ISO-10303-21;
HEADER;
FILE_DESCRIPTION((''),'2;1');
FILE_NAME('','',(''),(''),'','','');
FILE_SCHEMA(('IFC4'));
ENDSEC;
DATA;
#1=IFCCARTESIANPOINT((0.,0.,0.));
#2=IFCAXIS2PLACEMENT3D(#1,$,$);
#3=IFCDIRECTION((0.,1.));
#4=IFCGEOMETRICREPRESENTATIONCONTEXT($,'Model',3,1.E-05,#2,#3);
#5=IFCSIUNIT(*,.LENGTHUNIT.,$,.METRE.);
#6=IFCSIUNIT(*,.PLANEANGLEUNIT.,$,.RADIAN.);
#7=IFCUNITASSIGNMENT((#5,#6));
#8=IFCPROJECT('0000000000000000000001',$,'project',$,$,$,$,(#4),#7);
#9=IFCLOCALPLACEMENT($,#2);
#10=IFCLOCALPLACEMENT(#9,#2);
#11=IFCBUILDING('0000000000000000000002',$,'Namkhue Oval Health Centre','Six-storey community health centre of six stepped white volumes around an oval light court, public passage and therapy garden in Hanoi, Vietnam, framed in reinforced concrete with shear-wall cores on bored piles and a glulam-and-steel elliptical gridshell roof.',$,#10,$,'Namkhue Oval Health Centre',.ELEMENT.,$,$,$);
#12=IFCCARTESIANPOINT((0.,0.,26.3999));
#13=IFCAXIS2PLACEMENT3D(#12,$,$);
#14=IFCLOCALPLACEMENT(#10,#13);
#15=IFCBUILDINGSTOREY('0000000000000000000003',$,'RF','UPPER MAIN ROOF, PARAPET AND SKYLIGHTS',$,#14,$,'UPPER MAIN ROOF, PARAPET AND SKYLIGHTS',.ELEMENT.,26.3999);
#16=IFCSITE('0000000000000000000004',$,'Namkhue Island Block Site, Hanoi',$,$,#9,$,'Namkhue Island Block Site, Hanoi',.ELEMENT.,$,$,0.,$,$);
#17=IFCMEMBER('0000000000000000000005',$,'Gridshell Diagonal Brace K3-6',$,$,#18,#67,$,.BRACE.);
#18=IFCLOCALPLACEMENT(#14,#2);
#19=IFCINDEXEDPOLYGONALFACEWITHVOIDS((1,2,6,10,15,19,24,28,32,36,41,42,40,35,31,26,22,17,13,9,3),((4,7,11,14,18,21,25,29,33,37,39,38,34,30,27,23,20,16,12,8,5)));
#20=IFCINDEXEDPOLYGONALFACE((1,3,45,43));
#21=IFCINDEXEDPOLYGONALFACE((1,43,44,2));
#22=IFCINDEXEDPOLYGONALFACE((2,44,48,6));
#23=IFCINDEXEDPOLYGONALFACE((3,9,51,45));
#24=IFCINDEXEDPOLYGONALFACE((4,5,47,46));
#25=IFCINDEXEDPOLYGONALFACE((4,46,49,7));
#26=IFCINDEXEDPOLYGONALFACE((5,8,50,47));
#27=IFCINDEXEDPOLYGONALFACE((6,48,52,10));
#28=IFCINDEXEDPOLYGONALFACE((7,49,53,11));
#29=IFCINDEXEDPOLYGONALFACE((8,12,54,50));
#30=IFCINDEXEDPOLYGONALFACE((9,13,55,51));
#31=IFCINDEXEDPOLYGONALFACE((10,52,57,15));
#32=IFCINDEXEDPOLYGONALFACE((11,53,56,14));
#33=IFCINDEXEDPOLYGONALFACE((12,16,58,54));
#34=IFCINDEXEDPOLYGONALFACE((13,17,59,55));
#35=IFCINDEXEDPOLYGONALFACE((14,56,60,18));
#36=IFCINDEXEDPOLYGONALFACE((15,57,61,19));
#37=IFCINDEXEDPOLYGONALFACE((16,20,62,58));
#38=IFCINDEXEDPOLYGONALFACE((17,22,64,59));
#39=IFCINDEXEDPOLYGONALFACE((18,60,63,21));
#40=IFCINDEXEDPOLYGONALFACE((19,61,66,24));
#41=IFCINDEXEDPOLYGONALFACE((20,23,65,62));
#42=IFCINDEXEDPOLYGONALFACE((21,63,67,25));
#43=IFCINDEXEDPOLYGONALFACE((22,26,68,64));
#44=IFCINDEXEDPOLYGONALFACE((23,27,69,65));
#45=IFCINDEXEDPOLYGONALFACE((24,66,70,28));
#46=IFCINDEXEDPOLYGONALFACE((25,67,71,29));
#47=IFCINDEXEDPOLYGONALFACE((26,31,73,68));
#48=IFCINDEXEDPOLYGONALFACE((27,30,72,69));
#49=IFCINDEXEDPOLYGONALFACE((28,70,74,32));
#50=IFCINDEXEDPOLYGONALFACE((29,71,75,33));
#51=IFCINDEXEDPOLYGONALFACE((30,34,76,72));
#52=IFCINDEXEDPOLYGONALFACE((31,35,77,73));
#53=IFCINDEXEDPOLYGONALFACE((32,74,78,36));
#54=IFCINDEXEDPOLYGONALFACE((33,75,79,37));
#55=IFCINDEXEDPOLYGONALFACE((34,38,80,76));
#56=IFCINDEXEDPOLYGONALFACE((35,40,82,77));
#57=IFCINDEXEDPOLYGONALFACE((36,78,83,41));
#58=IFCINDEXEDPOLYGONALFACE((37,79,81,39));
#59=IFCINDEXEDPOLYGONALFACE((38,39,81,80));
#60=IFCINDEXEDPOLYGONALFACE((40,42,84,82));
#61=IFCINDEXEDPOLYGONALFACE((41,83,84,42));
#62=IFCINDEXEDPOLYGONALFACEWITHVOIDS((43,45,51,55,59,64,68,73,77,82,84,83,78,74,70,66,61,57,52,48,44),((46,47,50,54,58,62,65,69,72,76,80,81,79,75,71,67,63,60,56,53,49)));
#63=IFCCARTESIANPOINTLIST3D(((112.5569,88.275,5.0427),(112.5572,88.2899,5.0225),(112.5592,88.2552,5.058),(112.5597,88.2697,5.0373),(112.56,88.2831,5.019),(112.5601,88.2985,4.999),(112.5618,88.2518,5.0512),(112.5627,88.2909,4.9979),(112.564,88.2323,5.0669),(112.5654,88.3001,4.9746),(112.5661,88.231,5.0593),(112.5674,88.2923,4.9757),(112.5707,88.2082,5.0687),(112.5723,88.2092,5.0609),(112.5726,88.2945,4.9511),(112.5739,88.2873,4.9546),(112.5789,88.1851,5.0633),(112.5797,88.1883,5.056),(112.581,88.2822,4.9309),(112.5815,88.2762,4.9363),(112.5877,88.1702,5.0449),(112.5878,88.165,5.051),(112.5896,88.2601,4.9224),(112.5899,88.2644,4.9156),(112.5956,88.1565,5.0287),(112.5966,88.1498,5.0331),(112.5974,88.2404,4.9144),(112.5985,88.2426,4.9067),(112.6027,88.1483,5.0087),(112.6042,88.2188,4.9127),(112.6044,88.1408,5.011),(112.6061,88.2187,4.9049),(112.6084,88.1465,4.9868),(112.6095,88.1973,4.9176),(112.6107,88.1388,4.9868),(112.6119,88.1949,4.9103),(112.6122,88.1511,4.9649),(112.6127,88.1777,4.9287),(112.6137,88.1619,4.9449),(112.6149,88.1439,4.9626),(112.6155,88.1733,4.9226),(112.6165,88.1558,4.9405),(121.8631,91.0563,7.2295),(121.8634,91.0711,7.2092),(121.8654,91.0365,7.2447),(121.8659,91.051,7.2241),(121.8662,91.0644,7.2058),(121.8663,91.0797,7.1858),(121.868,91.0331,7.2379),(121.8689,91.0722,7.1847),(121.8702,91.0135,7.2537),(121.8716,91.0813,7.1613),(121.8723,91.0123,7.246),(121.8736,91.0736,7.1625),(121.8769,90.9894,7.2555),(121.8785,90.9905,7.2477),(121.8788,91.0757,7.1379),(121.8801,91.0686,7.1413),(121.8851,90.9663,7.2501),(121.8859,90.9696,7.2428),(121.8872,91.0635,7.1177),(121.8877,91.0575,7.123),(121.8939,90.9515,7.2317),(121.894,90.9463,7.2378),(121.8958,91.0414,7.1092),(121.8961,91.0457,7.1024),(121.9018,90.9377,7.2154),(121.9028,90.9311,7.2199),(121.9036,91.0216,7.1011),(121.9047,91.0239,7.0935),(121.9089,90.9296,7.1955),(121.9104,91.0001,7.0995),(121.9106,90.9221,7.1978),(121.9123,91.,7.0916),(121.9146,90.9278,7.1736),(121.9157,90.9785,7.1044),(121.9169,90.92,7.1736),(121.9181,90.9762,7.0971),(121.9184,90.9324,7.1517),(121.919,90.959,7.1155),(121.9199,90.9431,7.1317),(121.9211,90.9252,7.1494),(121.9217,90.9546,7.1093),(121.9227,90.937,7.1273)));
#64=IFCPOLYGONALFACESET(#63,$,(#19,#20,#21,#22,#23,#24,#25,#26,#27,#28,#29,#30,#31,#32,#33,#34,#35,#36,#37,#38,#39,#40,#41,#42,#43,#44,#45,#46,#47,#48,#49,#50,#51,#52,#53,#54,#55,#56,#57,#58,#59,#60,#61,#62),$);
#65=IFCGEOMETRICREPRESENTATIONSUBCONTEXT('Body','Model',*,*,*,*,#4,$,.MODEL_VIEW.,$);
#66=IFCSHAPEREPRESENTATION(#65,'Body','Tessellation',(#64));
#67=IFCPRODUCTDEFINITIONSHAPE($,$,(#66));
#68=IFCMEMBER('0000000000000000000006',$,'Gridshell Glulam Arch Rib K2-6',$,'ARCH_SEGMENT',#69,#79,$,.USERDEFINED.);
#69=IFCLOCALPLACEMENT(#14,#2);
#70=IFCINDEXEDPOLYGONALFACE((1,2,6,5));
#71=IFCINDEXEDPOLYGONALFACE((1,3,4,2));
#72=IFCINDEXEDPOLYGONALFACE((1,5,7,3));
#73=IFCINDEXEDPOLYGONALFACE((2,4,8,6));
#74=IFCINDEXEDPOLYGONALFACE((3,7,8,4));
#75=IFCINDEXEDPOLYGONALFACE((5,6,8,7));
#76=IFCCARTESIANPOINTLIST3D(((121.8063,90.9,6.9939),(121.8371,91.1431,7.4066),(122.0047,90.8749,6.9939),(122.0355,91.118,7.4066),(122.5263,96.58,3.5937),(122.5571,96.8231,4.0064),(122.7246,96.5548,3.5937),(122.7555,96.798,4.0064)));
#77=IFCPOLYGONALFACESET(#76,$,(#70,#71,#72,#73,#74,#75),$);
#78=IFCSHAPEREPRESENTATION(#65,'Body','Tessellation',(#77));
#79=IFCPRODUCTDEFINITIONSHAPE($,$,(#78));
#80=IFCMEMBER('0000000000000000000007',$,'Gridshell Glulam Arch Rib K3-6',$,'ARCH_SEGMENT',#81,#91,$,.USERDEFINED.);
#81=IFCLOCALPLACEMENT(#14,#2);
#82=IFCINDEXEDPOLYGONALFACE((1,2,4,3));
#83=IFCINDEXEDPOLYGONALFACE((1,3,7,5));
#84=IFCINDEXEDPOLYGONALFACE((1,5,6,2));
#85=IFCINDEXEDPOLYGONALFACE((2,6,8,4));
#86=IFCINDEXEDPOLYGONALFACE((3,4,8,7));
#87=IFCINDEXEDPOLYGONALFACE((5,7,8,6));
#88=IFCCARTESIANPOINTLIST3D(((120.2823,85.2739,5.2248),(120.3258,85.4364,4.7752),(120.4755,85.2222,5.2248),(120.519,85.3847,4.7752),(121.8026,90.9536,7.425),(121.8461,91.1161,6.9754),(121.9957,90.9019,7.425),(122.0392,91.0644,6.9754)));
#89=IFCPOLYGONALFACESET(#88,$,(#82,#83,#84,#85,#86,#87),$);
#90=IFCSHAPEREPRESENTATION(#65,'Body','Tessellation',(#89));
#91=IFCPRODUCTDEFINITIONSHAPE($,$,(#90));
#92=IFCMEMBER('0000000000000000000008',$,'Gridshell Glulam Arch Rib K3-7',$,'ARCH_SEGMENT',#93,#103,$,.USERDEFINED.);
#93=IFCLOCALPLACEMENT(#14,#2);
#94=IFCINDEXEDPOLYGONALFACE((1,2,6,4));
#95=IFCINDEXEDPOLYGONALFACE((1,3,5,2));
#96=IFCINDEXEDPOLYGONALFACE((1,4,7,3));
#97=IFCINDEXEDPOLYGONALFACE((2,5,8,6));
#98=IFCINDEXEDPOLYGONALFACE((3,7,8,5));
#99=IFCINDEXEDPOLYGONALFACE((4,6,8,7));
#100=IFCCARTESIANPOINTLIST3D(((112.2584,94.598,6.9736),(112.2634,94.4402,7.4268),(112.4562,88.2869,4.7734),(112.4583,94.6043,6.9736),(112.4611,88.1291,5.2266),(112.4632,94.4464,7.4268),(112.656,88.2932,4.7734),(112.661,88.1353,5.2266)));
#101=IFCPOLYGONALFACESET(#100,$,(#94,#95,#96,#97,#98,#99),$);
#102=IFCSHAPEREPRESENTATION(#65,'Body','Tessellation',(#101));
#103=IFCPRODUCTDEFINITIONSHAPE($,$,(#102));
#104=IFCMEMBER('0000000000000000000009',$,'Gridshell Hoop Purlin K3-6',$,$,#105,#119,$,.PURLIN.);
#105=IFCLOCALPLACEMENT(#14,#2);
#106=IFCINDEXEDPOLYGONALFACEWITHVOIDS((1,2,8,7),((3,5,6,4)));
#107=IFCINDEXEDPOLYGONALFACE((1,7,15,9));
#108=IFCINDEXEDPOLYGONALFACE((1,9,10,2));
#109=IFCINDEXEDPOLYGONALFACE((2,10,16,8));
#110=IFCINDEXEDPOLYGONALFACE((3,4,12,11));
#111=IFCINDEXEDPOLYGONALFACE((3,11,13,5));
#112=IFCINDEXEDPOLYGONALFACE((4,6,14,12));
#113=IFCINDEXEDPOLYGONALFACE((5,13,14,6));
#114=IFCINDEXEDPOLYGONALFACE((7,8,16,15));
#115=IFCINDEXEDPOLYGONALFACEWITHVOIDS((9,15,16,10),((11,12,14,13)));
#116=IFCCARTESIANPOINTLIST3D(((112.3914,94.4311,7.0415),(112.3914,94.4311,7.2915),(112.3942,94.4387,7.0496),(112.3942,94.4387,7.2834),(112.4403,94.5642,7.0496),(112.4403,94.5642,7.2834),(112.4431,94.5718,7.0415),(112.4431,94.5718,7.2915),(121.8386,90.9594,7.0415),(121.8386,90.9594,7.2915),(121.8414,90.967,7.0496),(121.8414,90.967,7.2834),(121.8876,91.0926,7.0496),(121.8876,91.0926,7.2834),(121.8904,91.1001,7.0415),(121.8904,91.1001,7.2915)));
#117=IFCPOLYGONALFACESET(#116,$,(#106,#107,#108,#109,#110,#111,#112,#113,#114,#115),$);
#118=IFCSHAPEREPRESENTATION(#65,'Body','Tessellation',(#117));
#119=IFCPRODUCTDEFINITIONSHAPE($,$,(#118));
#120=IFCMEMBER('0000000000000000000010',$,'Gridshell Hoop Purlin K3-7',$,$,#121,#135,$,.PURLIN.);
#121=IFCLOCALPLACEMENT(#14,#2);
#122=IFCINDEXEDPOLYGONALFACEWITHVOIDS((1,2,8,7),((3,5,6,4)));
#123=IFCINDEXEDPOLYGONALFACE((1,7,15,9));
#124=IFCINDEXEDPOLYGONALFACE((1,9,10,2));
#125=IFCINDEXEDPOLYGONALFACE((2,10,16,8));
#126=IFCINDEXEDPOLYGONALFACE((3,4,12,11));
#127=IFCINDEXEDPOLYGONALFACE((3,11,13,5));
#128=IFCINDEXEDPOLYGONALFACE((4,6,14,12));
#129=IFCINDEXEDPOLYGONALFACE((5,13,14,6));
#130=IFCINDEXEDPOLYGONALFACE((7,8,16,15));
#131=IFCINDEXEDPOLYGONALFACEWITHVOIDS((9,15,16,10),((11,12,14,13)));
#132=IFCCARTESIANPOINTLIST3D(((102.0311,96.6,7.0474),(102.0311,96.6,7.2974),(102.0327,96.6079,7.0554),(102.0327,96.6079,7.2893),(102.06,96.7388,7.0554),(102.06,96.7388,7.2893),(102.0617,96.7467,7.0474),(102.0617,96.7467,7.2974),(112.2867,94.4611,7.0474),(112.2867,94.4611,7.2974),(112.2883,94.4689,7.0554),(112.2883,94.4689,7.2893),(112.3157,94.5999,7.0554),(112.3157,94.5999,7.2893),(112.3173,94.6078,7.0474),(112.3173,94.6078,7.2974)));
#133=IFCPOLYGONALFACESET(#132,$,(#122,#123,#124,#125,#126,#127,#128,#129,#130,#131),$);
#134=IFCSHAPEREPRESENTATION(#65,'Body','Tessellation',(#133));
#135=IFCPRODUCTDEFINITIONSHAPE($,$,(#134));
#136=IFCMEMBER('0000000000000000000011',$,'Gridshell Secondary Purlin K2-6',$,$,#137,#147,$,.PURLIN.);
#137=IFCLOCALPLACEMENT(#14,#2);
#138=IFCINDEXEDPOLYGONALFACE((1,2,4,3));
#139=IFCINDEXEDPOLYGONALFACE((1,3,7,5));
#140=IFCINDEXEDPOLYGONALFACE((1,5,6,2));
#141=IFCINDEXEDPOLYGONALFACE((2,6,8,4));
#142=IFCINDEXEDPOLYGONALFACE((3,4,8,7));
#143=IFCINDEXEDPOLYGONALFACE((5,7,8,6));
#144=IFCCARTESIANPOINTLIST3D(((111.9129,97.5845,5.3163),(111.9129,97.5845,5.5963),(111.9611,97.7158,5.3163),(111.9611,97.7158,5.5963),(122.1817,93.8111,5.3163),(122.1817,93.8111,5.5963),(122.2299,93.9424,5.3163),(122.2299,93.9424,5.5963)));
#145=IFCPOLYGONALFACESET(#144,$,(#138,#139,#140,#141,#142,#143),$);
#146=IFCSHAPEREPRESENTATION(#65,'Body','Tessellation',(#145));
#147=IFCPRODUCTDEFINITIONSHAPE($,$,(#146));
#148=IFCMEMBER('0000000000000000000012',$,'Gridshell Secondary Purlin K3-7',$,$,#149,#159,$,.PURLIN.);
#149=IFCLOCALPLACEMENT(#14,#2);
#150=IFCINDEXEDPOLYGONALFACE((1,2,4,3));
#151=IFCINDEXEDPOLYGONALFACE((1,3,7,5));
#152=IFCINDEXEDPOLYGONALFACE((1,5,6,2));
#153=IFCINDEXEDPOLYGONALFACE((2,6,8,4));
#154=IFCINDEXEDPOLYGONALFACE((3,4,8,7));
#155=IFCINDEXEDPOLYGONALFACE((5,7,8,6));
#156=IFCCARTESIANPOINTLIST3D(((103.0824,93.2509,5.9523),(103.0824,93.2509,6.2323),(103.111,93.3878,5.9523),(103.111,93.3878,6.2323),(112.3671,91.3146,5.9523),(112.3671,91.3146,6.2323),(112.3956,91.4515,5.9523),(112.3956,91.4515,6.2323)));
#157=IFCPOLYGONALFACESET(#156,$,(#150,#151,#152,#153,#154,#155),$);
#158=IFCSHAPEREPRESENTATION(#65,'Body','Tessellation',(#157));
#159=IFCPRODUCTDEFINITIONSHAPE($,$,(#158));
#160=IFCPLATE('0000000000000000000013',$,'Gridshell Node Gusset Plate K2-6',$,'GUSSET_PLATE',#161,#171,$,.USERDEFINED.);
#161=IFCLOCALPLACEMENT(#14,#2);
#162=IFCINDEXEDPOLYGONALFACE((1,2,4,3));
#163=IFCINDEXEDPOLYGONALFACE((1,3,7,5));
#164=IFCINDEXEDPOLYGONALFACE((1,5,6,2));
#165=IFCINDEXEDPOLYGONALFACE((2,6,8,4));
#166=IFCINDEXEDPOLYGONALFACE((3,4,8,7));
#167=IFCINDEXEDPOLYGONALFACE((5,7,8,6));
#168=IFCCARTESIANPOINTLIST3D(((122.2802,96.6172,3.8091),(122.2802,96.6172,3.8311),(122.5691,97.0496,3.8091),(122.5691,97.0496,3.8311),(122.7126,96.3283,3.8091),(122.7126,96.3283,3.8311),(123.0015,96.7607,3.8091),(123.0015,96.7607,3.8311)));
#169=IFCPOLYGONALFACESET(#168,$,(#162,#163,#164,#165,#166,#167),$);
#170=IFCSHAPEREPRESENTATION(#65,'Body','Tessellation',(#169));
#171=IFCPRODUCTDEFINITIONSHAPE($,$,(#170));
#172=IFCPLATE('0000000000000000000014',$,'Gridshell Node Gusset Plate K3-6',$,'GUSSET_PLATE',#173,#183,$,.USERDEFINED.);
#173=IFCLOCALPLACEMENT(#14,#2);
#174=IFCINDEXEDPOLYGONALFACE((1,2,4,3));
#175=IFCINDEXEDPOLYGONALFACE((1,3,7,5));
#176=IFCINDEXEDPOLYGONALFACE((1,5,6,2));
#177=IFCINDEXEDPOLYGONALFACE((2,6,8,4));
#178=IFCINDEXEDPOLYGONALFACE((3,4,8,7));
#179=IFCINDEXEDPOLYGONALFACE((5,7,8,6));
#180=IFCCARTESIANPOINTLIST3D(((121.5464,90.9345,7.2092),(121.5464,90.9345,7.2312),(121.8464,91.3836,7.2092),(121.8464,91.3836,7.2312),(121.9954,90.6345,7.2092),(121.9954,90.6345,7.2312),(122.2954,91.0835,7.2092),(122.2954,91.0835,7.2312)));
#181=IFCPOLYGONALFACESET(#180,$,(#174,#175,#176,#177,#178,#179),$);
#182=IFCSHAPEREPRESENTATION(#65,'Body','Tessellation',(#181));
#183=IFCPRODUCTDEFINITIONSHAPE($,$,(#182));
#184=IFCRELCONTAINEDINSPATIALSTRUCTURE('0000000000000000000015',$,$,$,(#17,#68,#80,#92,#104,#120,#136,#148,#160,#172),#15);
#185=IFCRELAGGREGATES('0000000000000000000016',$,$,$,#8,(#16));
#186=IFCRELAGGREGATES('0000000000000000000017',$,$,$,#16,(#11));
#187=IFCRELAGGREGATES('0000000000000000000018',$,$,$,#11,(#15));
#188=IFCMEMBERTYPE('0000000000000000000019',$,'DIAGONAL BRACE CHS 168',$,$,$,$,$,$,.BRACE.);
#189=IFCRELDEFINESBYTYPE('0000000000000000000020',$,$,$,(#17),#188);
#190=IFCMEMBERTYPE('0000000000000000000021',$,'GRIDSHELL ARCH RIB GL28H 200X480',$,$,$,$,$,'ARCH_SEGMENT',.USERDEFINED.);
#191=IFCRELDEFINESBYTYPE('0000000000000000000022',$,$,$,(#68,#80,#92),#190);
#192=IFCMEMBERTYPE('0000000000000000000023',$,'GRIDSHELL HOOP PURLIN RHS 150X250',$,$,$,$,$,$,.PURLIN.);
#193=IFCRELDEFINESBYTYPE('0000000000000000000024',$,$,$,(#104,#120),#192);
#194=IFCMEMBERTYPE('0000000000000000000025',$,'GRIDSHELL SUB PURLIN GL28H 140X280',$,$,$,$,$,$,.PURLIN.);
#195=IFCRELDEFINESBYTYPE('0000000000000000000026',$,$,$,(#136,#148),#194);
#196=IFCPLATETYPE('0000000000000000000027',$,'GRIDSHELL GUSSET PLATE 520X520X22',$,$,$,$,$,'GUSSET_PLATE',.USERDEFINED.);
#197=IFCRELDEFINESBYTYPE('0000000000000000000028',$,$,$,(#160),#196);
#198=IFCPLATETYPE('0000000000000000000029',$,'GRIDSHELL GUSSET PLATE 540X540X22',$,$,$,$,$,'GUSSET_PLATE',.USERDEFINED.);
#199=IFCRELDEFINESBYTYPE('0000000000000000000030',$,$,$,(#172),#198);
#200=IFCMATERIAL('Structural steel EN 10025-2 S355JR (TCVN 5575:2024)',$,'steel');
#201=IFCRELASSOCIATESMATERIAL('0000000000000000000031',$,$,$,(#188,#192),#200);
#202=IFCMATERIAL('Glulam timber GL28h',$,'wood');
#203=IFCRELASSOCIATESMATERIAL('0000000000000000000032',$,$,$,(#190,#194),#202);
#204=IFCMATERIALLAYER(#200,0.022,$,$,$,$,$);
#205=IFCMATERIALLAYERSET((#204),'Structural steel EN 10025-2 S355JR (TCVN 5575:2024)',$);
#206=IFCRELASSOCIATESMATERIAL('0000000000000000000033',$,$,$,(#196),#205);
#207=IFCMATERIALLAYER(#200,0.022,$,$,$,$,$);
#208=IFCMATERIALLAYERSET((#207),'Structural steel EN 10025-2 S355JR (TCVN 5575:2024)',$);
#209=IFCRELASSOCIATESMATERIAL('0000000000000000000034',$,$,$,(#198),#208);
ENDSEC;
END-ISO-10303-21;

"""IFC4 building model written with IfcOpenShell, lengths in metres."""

from ifc_helpers import new_model, si_unit, direction, frame, origin, origin_2d, place, context, subcontext, project, spatial, rectangle, hollow_rectangle, hollow_circle, extrude, material, layer, layer_set, material_profile, profile_set, type_object, element, save


model = new_model("IFC4")

# Units and contexts
model_context = context("Model", 3, precision=1e-05, world=origin(), true_north=direction((0.0, 1.0)))
body_context = subcontext(model_context, "Body", "Model", "MODEL_VIEW")
ifc_project = project(units=[si_unit("LENGTHUNIT", "METRE"), si_unit("PLANEANGLEUNIT", "RADIAN")], contexts=[model_context])

# Site, building, storey
site_placement = place(None, origin())
site = spatial("IfcSite", under=ifc_project, at=site_placement, Name="Namkhue Island Block Site, Hanoi", LongName="Namkhue Island Block Site, Hanoi", CompositionType="ELEMENT", RefElevation=0.0)
building_placement = place(site_placement, origin())
building = spatial("IfcBuilding", under=site, at=building_placement, Name="Namkhue Oval Health Centre", Description="Six-storey community health centre of six stepped white volumes around an oval light court, public passage and therapy garden in Hanoi, Vietnam, framed in reinforced concrete with shear-wall cores on bored piles and a glulam-and-steel elliptical gridshell roof.", LongName="Namkhue Oval Health Centre", CompositionType="ELEMENT")
storey_placement = place(building_placement, frame((0.0, 0.0, 26.3999)))
storey = spatial("IfcBuildingStorey", under=building, at=storey_placement, Name="RF", Description="UPPER MAIN ROOF, PARAPET AND SKYLIGHTS", LongName="UPPER MAIN ROOF, PARAPET AND SKYLIGHTS", CompositionType="ELEMENT", Elevation=26.3999)

# Members
ifc_material_1 = material(Name="Structural steel EN 10025-2 S355JR (TCVN 5575:2024)", Category="steel")
ifc_material_profile_1 = material_profile(ifc_material_1, hollow_circle(Radius=0.0842, WallThickness=0.0081, at=origin_2d()), Name="CHS 168.3x8")
ifc_profile_set_1 = profile_set([ifc_material_profile_1], Name="Structural steel EN 10025-2 S355JR (TCVN 5575:2024)")
member_type_1 = type_object("IfcMemberType", Name="DIAGONAL BRACE CHS 168", PredefinedType="BRACE", material=ifc_profile_set_1)
member_1_placement = place(storey_placement, frame((121.8928, 91.0007, 7.1736), z_axis=(-0.934729, -0.279354, -0.219643), x_axis=(0.286347, -0.958126, 0.0)))
element("IfcMember", 1, at=member_1_placement, inside=storey, type_object=member_type_1, Name="Gridshell Diagonal Brace K3-6", PredefinedType="BRACE", context=body_context, shape_type="SweptSolid", body=[
    extrude(hollow_circle(Radius=0.0842, WallThickness=0.0081, at=origin_2d()), origin(), (0.0, 0.0, 1.0), 9.9561),
])
ifc_material_2 = material(Name="Glulam timber GL28h", Category="wood")
ifc_material_profile_2 = material_profile(ifc_material_2, rectangle(XDim=0.2, YDim=0.48, at=origin_2d()), Name="GL28h 200x480")
ifc_profile_set_2 = profile_set([ifc_material_profile_2], Name="Glulam timber GL28h")
member_type_2 = type_object("IfcMemberType", Name="GRIDSHELL ARCH RIB GL28H 200X480", ElementType="ARCH_SEGMENT", PredefinedType="USERDEFINED", material=ifc_profile_set_2)
member_2_placement = place(storey_placement, frame((122.6409, 96.689, 3.8), z_axis=(-0.108122, -0.852983, 0.510617), x_axis=(0.992062, -0.125751, 0.0)))
element("IfcMember", 2, at=member_2_placement, inside=storey, type_object=member_type_2, Name="Gridshell Glulam Arch Rib K2-6", ObjectType="ARCH_SEGMENT", PredefinedType="USERDEFINED", context=body_context, shape_type="SweptSolid", body=[
    extrude(rectangle(XDim=0.2, YDim=0.48, at=origin_2d()), origin(), (0.0, 0.0, 1.0), 6.6589),
])
member_3_placement = place(storey_placement, frame((121.9209, 91.009, 7.2002), z_axis=(-0.242165, -0.904724, -0.350472), x_axis=(0.965994, -0.258565, 0.0)))
element("IfcMember", 3, at=member_3_placement, inside=storey, type_object=member_type_2, Name="Gridshell Glulam Arch Rib K3-6", ObjectType="ARCH_SEGMENT", PredefinedType="USERDEFINED", context=body_context, shape_type="SweptSolid", body=[
    extrude(rectangle(XDim=0.2, YDim=0.48, at=origin_2d()), origin(), (0.0, 0.0, 1.0), 6.2778),
])
member_4_placement = place(storey_placement, frame((112.3608, 94.5222, 7.2002), z_axis=(0.029575, -0.943849, -0.329051), x_axis=(0.999509, 0.031319, 0.0)))
element("IfcMember", 4, at=member_4_placement, inside=storey, type_object=member_type_2, Name="Gridshell Glulam Arch Rib K3-7", ObjectType="ARCH_SEGMENT", PredefinedType="USERDEFINED", context=body_context, shape_type="SweptSolid", body=[
    extrude(rectangle(XDim=0.2, YDim=0.48, at=origin_2d()), origin(), (0.0, 0.0, 1.0), 6.6865),
])
ifc_material_profile_3 = material_profile(ifc_material_1, hollow_rectangle(XDim=0.1499, YDim=0.25, WallThickness=0.0081, at=origin_2d()), Name="RHS 150x250x8")
ifc_profile_set_3 = profile_set([ifc_material_profile_3], Name="Structural steel EN 10025-2 S355JR (TCVN 5575:2024)")
member_type_3 = type_object("IfcMemberType", Name="GRIDSHELL HOOP PURLIN RHS 150X250", PredefinedType="PURLIN", material=ifc_profile_set_3)
member_5_placement = place(storey_placement, frame((121.8645, 91.0298, 7.1665), z_axis=(-0.938629, 0.344927, 0.0), x_axis=(-0.344927, -0.938629, 0.0)))
element("IfcMember", 5, at=member_5_placement, inside=storey, type_object=member_type_3, Name="Gridshell Hoop Purlin K3-6", PredefinedType="PURLIN", context=body_context, shape_type="SweptSolid", body=[
    extrude(hollow_rectangle(XDim=0.1499, YDim=0.25, WallThickness=0.0081, at=origin_2d()), origin(), (0.0, 0.0, 1.0), 10.0649),
])
member_6_placement = place(storey_placement, frame((112.302, 94.5344, 7.1724), z_axis=(-0.978936, 0.204167, 0.0), x_axis=(-0.204167, -0.978936, 0.0)))
element("IfcMember", 6, at=member_6_placement, inside=storey, type_object=member_type_3, Name="Gridshell Hoop Purlin K3-7", PredefinedType="PURLIN", context=body_context, shape_type="SweptSolid", body=[
    extrude(hollow_rectangle(XDim=0.1499, YDim=0.25, WallThickness=0.0081, at=origin_2d()), origin(), (0.0, 0.0, 1.0), 10.4763),
])
ifc_material_profile_4 = material_profile(ifc_material_2, rectangle(XDim=0.1399, YDim=0.28, at=origin_2d()), Name="GL28h 140x280")
ifc_profile_set_4 = profile_set([ifc_material_profile_4], Name="Glulam timber GL28h")
member_type_4 = type_object("IfcMemberType", Name="GRIDSHELL SUB PURLIN GL28H 140X280", PredefinedType="PURLIN", material=ifc_profile_set_4)
member_7_placement = place(storey_placement, frame((122.2058, 93.8767, 5.4563), z_axis=(-0.938633, 0.344916, 0.0), x_axis=(-0.344916, -0.938633, 0.0)))
element("IfcMember", 7, at=member_7_placement, inside=storey, type_object=member_type_4, Name="Gridshell Secondary Purlin K2-6", PredefinedType="PURLIN", context=body_context, shape_type="SweptSolid", body=[
    extrude(rectangle(XDim=0.1399, YDim=0.28, at=origin_2d()), origin(), (0.0, 0.0, 1.0), 10.9402),
])
member_8_placement = place(storey_placement, frame((112.3813, 91.3831, 6.0923), z_axis=(-0.978939, 0.204154, 0.0), x_axis=(-0.204154, -0.978939, 0.0)))
element("IfcMember", 8, at=member_8_placement, inside=storey, type_object=member_type_4, Name="Gridshell Secondary Purlin K3-7", PredefinedType="PURLIN", context=body_context, shape_type="SweptSolid", body=[
    extrude(rectangle(XDim=0.1399, YDim=0.28, at=origin_2d()), origin(), (0.0, 0.0, 1.0), 9.4844),
])

# Plates
ifc_layer_1 = layer(ifc_material_1, 0.022)
ifc_layer_set_1 = layer_set([ifc_layer_1], Name="Structural steel EN 10025-2 S355JR (TCVN 5575:2024)")
plate_type_1 = type_object("IfcPlateType", Name="GRIDSHELL GUSSET PLATE 520X520X22", ElementType="GUSSET_PLATE", PredefinedType="USERDEFINED", material=ifc_layer_set_1)
plate_placement = place(storey_placement, frame((122.6409, 96.689, 3.8091), z_axis=(0.0, 0.0, 1.0), x_axis=(0.55557, 0.83147, 0.0)))
element("IfcPlate", 9, at=plate_placement, inside=storey, type_object=plate_type_1, Name="Gridshell Node Gusset Plate K2-6", ObjectType="GUSSET_PLATE", PredefinedType="USERDEFINED", context=body_context, shape_type="SweptSolid", body=[
    extrude(rectangle(XDim=0.52, YDim=0.52, at=origin_2d()), origin(), (0.0, 0.0, 1.0), 0.022),
])
ifc_layer_2 = layer(ifc_material_1, 0.022)
ifc_layer_set_2 = layer_set([ifc_layer_2], Name="Structural steel EN 10025-2 S355JR (TCVN 5575:2024)")
plate_type_2 = type_object("IfcPlateType", Name="GRIDSHELL GUSSET PLATE 540X540X22", ElementType="GUSSET_PLATE", PredefinedType="USERDEFINED", material=ifc_layer_set_2)
for number, where, z_axis, x_axis, name in (
    (10, (121.9209, 91.009, 7.2092), (0.0, 0.0, 1.0), (0.55557, 0.83147, 0.0), "Gridshell Node Gusset Plate K3-6"),
):
    element("IfcPlate", number, at=place(storey_placement, frame(where, z_axis=z_axis, x_axis=x_axis)), inside=storey, type_object=plate_type_2, Name=name, ObjectType="GUSSET_PLATE", PredefinedType="USERDEFINED", context=body_context, shape_type="SweptSolid", body=[
        extrude(rectangle(XDim=0.54, YDim=0.54, at=origin_2d()), origin(), (0.0, 0.0, 1.0), 0.022),
    ])

save(model, "model.ifc")
